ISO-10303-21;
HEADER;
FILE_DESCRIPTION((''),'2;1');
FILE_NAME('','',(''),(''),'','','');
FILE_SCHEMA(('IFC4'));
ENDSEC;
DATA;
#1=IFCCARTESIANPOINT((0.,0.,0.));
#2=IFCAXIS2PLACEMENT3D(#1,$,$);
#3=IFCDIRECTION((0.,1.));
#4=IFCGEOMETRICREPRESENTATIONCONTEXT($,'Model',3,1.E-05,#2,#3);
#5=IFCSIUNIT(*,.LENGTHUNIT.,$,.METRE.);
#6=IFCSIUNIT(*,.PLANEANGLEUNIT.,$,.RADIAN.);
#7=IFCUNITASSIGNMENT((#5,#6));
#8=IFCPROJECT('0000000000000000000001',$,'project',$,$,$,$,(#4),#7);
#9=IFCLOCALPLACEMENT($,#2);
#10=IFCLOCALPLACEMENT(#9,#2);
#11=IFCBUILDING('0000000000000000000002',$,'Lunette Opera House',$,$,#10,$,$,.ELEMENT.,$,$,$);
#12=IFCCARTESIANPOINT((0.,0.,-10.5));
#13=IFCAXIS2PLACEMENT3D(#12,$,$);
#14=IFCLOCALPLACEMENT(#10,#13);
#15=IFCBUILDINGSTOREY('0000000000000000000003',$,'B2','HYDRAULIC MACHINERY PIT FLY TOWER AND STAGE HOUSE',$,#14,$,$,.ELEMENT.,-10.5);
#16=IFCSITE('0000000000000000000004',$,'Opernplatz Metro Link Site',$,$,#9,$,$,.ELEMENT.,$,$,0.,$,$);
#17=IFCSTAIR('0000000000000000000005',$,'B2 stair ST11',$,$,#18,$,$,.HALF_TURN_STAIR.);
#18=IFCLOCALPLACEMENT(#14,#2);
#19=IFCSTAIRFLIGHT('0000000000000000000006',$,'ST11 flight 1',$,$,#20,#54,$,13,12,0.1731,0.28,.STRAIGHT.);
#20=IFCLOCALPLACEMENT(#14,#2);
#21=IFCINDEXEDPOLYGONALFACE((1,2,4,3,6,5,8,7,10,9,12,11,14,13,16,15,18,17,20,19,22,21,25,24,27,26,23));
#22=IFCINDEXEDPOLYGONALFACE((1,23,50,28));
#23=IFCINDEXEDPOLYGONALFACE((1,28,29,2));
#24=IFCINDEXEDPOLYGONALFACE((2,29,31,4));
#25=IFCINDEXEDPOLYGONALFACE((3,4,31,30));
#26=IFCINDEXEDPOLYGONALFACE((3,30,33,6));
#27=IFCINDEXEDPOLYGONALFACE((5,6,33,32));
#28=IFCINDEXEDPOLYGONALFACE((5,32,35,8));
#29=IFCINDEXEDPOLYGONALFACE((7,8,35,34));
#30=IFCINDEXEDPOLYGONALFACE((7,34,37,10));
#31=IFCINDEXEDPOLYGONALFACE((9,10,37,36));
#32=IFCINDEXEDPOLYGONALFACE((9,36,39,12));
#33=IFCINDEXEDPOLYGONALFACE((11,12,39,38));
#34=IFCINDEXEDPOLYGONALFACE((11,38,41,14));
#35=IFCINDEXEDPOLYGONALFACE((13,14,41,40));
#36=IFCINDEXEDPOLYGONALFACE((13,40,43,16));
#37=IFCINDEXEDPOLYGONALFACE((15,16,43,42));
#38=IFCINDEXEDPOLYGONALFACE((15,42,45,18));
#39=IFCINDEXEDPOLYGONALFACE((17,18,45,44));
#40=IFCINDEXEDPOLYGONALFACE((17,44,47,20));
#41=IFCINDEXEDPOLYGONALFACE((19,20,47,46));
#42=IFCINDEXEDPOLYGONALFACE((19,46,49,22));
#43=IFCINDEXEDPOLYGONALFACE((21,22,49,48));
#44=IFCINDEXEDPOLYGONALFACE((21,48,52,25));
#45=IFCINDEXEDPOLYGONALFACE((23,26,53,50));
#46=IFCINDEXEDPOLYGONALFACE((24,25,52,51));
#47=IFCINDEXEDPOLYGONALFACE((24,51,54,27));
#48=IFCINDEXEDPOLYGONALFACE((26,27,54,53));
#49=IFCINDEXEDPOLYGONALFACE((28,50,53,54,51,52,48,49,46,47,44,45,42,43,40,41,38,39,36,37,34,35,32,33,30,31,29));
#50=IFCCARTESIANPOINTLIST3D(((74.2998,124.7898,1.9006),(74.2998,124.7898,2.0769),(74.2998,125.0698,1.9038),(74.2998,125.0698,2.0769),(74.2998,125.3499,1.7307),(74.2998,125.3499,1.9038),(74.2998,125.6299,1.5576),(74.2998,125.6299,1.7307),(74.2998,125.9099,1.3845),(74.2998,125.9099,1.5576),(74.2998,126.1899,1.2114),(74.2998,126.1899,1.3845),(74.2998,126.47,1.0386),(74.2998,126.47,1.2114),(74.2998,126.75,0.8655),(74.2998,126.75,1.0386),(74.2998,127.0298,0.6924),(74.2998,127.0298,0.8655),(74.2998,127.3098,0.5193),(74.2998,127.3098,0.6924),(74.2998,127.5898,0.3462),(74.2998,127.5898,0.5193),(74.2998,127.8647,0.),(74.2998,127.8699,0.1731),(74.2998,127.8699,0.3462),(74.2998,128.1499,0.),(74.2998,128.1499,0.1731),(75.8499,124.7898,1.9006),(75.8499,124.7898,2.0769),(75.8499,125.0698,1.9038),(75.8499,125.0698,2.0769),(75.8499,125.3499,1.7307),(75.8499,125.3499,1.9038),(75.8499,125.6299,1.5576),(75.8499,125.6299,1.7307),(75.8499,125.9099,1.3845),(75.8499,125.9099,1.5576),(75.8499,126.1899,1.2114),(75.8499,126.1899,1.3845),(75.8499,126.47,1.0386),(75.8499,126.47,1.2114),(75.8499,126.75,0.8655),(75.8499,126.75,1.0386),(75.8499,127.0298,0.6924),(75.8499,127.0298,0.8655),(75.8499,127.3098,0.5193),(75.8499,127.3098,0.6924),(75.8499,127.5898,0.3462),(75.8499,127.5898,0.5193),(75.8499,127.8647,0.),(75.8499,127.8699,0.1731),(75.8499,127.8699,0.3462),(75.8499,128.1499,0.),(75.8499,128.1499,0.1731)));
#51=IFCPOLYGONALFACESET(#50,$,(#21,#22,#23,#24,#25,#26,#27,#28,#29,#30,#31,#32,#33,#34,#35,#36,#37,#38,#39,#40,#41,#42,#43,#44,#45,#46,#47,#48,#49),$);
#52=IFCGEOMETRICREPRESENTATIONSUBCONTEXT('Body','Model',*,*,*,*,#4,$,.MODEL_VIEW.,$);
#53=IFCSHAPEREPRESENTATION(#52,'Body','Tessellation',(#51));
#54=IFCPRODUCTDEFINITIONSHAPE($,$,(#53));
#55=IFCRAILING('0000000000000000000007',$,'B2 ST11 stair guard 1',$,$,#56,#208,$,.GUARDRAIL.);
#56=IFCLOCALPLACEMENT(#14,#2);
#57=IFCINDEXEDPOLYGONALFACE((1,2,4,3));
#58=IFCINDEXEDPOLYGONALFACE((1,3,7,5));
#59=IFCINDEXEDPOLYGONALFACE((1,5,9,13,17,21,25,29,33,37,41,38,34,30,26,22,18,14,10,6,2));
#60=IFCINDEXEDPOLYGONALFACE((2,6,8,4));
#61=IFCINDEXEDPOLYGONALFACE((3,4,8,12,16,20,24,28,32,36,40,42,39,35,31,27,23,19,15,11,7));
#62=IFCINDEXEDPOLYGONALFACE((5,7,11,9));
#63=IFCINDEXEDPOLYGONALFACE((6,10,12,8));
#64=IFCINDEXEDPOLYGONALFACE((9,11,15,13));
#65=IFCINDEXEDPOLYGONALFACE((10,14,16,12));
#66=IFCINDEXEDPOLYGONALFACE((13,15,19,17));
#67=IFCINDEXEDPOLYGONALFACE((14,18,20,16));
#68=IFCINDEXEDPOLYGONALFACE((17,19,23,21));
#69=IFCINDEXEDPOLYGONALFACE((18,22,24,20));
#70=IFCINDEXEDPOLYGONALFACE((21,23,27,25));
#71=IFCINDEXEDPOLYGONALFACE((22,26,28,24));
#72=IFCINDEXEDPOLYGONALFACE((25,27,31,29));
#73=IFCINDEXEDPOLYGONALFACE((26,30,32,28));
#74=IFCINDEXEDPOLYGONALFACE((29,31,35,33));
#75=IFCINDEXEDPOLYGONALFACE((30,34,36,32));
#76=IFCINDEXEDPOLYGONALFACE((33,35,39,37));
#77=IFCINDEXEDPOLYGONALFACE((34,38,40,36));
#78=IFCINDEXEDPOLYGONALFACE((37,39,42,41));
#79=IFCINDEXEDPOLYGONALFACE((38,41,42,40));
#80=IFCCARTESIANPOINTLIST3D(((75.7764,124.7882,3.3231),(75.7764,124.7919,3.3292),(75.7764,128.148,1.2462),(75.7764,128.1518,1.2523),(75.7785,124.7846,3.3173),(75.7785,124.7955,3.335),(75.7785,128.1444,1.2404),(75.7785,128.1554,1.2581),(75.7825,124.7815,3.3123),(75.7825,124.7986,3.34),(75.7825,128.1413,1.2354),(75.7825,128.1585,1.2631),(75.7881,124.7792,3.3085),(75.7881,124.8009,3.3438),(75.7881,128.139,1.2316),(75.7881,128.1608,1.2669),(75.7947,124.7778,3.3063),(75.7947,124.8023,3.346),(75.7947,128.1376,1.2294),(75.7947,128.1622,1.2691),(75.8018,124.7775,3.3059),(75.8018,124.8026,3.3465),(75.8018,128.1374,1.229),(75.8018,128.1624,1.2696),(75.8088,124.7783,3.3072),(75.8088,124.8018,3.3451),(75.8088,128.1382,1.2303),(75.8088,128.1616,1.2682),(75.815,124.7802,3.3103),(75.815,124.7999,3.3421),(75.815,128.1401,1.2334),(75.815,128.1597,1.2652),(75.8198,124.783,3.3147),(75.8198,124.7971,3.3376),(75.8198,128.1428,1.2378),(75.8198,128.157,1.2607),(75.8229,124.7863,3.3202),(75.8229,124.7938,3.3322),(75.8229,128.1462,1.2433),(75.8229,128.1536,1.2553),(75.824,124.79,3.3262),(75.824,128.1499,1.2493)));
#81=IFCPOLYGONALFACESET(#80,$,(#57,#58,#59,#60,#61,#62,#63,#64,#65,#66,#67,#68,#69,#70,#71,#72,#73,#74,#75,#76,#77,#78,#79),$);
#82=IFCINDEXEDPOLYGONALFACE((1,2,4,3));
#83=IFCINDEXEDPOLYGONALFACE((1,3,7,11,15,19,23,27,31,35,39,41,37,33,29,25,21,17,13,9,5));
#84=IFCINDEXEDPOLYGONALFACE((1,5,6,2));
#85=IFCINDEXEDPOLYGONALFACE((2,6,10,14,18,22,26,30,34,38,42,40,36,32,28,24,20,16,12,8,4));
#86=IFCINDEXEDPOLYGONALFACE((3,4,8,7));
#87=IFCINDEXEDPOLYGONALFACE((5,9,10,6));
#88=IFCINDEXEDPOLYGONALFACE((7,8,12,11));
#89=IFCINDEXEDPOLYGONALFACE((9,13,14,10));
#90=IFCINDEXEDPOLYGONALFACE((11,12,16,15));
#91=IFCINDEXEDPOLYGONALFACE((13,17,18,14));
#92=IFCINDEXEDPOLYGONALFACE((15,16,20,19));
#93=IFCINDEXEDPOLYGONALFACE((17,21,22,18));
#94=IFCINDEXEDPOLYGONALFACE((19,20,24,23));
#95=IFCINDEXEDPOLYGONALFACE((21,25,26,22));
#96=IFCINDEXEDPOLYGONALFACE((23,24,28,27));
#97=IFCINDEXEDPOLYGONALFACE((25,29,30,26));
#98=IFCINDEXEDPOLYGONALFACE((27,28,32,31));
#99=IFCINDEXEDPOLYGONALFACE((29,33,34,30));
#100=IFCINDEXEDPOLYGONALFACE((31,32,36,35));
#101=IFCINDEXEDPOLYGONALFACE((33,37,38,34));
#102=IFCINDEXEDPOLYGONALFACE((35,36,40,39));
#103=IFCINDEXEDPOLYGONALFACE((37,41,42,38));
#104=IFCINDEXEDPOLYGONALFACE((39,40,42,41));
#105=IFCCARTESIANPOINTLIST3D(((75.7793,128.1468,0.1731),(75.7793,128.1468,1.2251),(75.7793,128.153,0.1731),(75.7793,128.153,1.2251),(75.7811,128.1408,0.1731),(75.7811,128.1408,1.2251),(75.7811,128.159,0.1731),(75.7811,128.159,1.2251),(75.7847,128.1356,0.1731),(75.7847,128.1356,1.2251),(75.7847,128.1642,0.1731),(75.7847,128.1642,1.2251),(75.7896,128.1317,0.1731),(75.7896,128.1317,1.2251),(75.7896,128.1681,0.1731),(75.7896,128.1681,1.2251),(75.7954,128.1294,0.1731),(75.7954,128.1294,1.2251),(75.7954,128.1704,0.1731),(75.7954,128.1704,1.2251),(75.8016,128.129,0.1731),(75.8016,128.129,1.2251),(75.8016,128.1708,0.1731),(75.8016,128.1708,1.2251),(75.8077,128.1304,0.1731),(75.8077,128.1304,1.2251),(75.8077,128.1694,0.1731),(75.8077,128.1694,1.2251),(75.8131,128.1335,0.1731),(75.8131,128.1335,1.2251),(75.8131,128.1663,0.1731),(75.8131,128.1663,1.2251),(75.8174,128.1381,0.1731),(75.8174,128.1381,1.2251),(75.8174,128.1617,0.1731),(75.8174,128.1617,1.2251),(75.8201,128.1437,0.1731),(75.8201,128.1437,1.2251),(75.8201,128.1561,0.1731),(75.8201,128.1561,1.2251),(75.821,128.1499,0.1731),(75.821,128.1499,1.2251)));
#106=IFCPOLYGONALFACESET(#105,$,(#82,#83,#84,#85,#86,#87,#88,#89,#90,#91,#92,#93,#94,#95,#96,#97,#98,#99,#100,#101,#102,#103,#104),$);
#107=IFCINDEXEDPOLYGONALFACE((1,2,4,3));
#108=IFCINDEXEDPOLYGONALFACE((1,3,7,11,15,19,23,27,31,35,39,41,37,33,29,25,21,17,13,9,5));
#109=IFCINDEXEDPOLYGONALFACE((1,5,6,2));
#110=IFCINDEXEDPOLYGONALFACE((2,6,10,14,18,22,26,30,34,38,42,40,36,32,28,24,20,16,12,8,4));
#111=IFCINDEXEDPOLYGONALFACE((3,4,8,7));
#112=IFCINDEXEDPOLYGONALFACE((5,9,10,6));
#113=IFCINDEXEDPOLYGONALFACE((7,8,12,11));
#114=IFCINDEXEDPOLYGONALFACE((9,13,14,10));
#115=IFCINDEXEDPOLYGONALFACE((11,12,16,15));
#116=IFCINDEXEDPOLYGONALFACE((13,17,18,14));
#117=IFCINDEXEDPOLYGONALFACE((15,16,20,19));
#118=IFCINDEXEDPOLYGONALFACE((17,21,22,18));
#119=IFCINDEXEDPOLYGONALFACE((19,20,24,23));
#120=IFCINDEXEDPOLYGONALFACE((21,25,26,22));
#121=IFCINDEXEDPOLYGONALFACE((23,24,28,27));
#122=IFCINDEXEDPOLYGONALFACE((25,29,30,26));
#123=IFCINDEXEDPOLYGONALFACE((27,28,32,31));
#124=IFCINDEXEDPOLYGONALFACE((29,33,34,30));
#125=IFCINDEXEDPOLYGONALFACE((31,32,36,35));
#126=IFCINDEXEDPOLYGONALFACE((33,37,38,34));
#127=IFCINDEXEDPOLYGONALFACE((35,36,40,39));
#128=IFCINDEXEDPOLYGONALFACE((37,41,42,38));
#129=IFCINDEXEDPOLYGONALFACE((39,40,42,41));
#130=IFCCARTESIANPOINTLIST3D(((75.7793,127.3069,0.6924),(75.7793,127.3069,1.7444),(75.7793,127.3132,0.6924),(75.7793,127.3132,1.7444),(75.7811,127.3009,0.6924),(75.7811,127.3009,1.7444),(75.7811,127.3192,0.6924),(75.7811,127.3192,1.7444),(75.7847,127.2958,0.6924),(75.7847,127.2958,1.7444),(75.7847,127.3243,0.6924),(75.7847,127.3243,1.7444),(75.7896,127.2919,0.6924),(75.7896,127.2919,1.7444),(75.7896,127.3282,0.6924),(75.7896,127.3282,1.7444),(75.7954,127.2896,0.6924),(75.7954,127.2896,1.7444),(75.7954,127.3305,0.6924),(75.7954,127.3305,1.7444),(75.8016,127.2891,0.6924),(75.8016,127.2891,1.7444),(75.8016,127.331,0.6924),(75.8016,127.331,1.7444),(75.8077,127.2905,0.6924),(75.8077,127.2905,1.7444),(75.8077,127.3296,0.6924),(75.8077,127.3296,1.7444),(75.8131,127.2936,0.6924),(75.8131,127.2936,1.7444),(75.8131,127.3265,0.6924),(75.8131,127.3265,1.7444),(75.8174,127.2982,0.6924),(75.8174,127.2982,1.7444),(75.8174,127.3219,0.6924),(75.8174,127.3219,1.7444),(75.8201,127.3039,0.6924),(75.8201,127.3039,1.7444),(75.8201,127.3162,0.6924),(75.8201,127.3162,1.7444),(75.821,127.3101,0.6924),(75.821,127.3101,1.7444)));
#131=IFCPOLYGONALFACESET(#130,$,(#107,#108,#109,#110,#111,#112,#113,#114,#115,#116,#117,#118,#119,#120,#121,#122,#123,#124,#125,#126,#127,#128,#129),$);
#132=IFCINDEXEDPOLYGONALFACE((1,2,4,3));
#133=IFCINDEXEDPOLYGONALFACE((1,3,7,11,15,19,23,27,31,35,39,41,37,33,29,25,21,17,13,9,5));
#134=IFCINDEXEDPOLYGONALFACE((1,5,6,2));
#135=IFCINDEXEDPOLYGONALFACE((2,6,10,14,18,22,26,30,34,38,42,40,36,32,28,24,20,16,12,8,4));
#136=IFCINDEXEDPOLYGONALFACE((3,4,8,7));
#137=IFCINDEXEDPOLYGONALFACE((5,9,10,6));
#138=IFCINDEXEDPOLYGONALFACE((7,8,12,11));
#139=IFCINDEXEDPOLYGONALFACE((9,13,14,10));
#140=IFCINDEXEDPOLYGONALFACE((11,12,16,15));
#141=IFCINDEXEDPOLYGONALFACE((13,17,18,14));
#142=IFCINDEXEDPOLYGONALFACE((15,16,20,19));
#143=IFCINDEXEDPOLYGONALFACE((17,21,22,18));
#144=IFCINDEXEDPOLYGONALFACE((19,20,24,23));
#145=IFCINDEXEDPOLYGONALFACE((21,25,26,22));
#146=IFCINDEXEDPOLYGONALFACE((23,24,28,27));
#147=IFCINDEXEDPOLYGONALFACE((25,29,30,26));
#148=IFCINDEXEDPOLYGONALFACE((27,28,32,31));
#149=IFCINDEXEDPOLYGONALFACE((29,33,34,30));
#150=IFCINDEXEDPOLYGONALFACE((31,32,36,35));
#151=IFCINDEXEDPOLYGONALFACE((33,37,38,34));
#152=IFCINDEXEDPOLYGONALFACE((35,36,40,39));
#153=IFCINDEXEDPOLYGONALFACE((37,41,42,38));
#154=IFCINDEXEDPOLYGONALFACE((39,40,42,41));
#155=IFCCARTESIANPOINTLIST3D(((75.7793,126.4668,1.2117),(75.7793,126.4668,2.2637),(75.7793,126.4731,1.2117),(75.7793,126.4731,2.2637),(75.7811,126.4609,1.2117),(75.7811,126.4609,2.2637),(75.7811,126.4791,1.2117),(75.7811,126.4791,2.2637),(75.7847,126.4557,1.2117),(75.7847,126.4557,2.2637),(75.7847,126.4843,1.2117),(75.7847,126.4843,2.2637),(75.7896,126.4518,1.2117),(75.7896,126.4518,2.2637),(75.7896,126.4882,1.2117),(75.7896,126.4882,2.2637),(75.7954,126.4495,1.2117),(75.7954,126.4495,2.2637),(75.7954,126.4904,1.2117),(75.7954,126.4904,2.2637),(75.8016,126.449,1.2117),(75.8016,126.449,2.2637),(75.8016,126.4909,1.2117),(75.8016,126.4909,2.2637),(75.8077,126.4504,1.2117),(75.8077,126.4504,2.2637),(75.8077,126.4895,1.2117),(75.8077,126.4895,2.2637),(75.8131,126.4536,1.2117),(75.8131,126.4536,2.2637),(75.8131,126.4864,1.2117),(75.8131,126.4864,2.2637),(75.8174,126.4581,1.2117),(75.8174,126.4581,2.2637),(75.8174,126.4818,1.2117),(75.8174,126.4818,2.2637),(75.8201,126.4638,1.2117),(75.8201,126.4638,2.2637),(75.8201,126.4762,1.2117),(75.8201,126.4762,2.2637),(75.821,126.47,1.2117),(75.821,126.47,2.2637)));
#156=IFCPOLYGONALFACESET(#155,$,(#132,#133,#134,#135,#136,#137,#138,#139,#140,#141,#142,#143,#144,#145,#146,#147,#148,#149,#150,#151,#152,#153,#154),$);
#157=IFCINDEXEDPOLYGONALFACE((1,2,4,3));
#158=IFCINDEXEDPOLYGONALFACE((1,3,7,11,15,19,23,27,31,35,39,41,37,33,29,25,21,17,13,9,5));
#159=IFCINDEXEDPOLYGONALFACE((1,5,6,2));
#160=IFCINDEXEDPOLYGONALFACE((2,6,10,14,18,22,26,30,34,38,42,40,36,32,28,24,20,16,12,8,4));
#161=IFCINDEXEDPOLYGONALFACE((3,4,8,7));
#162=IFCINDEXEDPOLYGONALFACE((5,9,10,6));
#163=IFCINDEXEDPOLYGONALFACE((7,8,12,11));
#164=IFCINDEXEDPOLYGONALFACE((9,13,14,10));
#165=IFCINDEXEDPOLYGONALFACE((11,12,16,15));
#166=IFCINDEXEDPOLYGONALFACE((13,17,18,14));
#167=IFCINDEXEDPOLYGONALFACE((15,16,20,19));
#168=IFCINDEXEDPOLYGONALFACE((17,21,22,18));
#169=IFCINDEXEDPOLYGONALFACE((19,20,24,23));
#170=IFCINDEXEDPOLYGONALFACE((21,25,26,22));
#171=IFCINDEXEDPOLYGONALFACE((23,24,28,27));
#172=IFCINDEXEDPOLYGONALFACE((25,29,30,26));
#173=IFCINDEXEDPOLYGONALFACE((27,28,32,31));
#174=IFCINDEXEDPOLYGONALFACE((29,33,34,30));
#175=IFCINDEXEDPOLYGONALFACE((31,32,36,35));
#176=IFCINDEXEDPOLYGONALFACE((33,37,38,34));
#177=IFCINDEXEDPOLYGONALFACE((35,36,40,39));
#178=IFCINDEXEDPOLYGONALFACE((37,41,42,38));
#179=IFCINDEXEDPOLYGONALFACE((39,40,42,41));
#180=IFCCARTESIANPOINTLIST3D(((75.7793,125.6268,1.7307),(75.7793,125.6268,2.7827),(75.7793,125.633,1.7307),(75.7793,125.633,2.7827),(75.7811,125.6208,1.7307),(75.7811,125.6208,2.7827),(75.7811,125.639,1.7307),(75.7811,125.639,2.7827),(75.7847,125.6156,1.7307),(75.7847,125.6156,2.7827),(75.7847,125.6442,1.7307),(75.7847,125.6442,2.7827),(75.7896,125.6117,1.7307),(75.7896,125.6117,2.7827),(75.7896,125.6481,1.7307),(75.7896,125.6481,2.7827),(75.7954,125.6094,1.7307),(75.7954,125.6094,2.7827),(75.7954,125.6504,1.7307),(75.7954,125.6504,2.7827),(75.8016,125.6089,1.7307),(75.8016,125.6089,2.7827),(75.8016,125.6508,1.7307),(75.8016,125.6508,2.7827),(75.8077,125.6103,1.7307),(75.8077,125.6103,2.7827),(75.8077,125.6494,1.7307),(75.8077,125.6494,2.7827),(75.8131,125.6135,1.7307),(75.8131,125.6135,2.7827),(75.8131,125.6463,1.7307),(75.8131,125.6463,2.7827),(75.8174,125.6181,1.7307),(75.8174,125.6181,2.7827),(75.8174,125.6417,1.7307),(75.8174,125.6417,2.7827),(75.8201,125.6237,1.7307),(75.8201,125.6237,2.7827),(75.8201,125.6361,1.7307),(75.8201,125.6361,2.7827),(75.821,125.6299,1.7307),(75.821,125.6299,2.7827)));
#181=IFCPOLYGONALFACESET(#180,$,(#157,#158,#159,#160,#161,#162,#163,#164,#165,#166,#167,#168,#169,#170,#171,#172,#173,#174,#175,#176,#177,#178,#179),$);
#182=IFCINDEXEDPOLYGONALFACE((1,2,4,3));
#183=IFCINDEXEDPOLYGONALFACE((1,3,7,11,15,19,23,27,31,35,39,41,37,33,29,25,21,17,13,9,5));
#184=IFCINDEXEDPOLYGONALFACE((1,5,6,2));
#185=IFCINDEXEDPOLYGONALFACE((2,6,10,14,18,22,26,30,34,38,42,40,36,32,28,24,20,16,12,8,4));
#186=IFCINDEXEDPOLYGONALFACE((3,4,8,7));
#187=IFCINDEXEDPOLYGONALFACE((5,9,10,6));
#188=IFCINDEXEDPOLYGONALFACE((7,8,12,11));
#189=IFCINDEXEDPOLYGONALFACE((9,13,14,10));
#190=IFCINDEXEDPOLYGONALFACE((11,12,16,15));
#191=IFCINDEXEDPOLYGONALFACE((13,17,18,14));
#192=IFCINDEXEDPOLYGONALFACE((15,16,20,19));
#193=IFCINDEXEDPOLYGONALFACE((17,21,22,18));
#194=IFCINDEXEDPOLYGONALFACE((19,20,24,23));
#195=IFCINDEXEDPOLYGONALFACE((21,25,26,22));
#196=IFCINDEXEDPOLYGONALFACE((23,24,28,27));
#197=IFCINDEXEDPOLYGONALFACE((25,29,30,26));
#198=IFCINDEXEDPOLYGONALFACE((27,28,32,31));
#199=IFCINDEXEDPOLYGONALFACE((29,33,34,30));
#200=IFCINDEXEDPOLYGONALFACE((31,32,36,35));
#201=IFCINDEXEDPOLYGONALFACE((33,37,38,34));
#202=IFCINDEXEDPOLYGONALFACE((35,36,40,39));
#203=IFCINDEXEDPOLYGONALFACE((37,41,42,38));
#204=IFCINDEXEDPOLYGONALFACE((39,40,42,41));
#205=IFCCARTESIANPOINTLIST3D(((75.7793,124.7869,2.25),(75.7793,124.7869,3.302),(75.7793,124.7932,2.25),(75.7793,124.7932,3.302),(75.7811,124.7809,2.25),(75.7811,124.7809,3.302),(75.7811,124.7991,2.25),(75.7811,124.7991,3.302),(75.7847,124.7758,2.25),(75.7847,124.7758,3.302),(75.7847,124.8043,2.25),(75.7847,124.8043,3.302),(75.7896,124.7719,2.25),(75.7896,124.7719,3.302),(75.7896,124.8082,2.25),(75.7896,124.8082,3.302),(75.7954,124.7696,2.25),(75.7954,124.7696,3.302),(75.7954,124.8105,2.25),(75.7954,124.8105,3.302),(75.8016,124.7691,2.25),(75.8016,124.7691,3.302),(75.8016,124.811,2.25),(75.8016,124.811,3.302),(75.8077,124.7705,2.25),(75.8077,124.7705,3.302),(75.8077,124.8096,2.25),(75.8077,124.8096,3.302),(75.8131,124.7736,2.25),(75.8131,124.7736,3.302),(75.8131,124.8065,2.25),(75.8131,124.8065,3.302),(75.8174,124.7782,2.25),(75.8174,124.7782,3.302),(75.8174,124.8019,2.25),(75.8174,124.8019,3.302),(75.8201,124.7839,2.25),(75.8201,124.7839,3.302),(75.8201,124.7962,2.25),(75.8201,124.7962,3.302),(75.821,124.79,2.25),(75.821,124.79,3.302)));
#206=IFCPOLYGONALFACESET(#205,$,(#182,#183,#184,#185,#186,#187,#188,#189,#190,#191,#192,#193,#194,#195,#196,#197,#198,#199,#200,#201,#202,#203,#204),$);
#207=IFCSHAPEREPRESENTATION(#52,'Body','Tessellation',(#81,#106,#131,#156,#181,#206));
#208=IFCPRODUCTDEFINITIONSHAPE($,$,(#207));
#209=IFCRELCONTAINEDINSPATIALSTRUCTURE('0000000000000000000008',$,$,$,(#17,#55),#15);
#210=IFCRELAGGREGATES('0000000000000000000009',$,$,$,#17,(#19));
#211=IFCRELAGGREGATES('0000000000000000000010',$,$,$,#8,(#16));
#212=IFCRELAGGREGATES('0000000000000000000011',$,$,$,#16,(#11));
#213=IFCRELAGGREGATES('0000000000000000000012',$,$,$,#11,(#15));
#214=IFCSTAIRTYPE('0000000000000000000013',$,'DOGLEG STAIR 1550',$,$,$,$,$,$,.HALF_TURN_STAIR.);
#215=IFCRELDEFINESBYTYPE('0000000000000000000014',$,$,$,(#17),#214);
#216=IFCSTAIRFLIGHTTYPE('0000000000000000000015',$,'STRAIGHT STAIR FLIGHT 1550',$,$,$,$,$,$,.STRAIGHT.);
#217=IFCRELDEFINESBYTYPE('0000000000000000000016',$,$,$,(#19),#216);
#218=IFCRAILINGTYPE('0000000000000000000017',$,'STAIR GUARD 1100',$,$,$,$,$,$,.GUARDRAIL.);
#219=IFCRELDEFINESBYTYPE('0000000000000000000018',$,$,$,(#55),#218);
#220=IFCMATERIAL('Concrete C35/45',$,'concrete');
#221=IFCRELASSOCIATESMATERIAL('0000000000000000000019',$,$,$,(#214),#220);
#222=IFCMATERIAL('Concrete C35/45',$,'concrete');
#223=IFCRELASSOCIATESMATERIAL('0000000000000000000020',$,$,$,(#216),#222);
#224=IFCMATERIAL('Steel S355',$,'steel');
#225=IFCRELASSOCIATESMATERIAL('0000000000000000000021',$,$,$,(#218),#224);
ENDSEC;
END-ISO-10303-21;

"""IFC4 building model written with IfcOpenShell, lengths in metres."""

from ifc_helpers import new_model, si_unit, direction, frame, origin, origin_2d, place, context, subcontext, project, spatial, polyline, circle, outline, extrude, material, type_object, element, aggregate, save


model = new_model("IFC4")

# Units and contexts
model_context = context("Model", 3, precision=1e-05, world=origin(), true_north=direction((0.0, 1.0)))
body_context = subcontext(model_context, "Body", "Model", "MODEL_VIEW")
ifc_project = project(units=[si_unit("LENGTHUNIT", "METRE"), si_unit("PLANEANGLEUNIT", "RADIAN")], contexts=[model_context])

# Site, building, storey
site_placement = place(None, origin())
site = spatial("IfcSite", under=ifc_project, at=site_placement, Name="Opernplatz Metro Link Site", CompositionType="ELEMENT", RefElevation=0.0)
building_placement = place(site_placement, origin())
building = spatial("IfcBuilding", under=site, at=building_placement, Name="Lunette Opera House", CompositionType="ELEMENT")
storey_placement = place(building_placement, frame((0.0, 0.0, -10.5)))
storey = spatial("IfcBuildingStorey", under=building, at=storey_placement, Name="B2", Description="HYDRAULIC MACHINERY PIT FLY TOWER AND STAGE HOUSE", CompositionType="ELEMENT", Elevation=-10.5)

# Stair, stair flight
ifc_material_1 = material(Name="Concrete C35/45", Category="concrete")
stair_type = type_object("IfcStairType", Name="DOGLEG STAIR 1550", PredefinedType="HALF_TURN_STAIR", material=ifc_material_1)
stair_placement = place(storey_placement, origin())
stair = element("IfcStair", 1, at=stair_placement, inside=storey, type_object=stair_type, Name="B2 stair ST11", PredefinedType="HALF_TURN_STAIR")
ifc_material_2 = material(Name="Concrete C35/45", Category="concrete")
stair_flight_type = type_object("IfcStairFlightType", Name="STRAIGHT STAIR FLIGHT 1550", PredefinedType="STRAIGHT", material=ifc_material_2)
stair_flight_placement = place(storey_placement, frame((75.075, 128.1499, 0.0), z_axis=(0.0, 0.0, 1.0), x_axis=(0.0, -1.0, 0.0)))
stair_flight = element("IfcStairFlight", 2, at=stair_flight_placement, type_object=stair_flight_type, Name="ST11 flight 1", NumberOfRisers=13, NumberOfTreads=12, PredefinedType="STRAIGHT", RiserHeight=0.1731, TreadLength=0.28, context=body_context, shape_type="SweptSolid", body=[
    extrude(outline(polyline([(0.0, 0.0), (0.0, 0.1731), (0.28, 0.1731), (0.28, 0.3462), (0.5601, 0.3462), (0.5601, 0.5193), (0.8401, 0.5193), (0.8401, 0.6924), (1.1201, 0.6924), (1.1201, 0.8655), (1.3999, 0.8655), (1.3999, 1.0386), (1.6799, 1.0386), (1.6799, 1.2114), (1.96, 1.2114), (1.96, 1.3845), (2.24, 1.3845), (2.24, 1.5576), (2.52, 1.5576), (2.52, 1.7307), (2.8, 1.7307), (2.8, 1.9038), (3.0801, 1.9038), (3.0801, 2.0769), (3.3601, 2.0769), (3.3601, 2.25), (3.3601, 1.9006), (0.2852, 0.0), (0.0, 0.0)])), frame((0.0, 0.7749, 0.0), z_axis=(0.0, -1.0, 0.0), x_axis=(1.0, 0.0, 0.0)), (0.0, 0.0, 1.0), 1.55),
])
aggregate(stair, [stair_flight])

# Railing
ifc_material_3 = material(Name="Steel S355", Category="steel")
railing_type_1 = type_object("IfcRailingType", Name="STAIR GUARD 1100", PredefinedType="GUARDRAIL", material=ifc_material_3)
railing_1_placement = place(storey_placement, frame((75.8, 128.1499, 0.1731)))
element("IfcRailing", 3, at=railing_1_placement, inside=storey, type_object=railing_type_1, Name="B2 ST11 stair guard 1", PredefinedType="GUARDRAIL", context=body_context, shape_type="SweptSolid", body=[
    extrude(circle(Radius=0.0239, at=origin_2d()), frame((0.0, 0.0, 1.0762), z_axis=(0.0, -0.850606, 0.525803), x_axis=(1.0, 0.0, 0.0)), (0.0, 0.0, 1.0), 3.95),
    extrude(circle(Radius=0.021, at=origin_2d()), origin(), (0.0, 0.0, 1.0), 1.052),
    extrude(circle(Radius=0.021, at=origin_2d()), frame((0.0, -0.8398, 0.5193)), (0.0, 0.0, 1.0), 1.052),
    extrude(circle(Radius=0.021, at=origin_2d()), frame((0.0, -1.6799, 1.0386)), (0.0, 0.0, 1.0), 1.052),
    extrude(circle(Radius=0.021, at=origin_2d()), frame((0.0, -2.52, 1.5576)), (0.0, 0.0, 1.0), 1.052),
    extrude(circle(Radius=0.021, at=origin_2d()), frame((0.0, -3.3599, 2.0769)), (0.0, 0.0, 1.0), 1.052),
])

save(model, "model.ifc")
